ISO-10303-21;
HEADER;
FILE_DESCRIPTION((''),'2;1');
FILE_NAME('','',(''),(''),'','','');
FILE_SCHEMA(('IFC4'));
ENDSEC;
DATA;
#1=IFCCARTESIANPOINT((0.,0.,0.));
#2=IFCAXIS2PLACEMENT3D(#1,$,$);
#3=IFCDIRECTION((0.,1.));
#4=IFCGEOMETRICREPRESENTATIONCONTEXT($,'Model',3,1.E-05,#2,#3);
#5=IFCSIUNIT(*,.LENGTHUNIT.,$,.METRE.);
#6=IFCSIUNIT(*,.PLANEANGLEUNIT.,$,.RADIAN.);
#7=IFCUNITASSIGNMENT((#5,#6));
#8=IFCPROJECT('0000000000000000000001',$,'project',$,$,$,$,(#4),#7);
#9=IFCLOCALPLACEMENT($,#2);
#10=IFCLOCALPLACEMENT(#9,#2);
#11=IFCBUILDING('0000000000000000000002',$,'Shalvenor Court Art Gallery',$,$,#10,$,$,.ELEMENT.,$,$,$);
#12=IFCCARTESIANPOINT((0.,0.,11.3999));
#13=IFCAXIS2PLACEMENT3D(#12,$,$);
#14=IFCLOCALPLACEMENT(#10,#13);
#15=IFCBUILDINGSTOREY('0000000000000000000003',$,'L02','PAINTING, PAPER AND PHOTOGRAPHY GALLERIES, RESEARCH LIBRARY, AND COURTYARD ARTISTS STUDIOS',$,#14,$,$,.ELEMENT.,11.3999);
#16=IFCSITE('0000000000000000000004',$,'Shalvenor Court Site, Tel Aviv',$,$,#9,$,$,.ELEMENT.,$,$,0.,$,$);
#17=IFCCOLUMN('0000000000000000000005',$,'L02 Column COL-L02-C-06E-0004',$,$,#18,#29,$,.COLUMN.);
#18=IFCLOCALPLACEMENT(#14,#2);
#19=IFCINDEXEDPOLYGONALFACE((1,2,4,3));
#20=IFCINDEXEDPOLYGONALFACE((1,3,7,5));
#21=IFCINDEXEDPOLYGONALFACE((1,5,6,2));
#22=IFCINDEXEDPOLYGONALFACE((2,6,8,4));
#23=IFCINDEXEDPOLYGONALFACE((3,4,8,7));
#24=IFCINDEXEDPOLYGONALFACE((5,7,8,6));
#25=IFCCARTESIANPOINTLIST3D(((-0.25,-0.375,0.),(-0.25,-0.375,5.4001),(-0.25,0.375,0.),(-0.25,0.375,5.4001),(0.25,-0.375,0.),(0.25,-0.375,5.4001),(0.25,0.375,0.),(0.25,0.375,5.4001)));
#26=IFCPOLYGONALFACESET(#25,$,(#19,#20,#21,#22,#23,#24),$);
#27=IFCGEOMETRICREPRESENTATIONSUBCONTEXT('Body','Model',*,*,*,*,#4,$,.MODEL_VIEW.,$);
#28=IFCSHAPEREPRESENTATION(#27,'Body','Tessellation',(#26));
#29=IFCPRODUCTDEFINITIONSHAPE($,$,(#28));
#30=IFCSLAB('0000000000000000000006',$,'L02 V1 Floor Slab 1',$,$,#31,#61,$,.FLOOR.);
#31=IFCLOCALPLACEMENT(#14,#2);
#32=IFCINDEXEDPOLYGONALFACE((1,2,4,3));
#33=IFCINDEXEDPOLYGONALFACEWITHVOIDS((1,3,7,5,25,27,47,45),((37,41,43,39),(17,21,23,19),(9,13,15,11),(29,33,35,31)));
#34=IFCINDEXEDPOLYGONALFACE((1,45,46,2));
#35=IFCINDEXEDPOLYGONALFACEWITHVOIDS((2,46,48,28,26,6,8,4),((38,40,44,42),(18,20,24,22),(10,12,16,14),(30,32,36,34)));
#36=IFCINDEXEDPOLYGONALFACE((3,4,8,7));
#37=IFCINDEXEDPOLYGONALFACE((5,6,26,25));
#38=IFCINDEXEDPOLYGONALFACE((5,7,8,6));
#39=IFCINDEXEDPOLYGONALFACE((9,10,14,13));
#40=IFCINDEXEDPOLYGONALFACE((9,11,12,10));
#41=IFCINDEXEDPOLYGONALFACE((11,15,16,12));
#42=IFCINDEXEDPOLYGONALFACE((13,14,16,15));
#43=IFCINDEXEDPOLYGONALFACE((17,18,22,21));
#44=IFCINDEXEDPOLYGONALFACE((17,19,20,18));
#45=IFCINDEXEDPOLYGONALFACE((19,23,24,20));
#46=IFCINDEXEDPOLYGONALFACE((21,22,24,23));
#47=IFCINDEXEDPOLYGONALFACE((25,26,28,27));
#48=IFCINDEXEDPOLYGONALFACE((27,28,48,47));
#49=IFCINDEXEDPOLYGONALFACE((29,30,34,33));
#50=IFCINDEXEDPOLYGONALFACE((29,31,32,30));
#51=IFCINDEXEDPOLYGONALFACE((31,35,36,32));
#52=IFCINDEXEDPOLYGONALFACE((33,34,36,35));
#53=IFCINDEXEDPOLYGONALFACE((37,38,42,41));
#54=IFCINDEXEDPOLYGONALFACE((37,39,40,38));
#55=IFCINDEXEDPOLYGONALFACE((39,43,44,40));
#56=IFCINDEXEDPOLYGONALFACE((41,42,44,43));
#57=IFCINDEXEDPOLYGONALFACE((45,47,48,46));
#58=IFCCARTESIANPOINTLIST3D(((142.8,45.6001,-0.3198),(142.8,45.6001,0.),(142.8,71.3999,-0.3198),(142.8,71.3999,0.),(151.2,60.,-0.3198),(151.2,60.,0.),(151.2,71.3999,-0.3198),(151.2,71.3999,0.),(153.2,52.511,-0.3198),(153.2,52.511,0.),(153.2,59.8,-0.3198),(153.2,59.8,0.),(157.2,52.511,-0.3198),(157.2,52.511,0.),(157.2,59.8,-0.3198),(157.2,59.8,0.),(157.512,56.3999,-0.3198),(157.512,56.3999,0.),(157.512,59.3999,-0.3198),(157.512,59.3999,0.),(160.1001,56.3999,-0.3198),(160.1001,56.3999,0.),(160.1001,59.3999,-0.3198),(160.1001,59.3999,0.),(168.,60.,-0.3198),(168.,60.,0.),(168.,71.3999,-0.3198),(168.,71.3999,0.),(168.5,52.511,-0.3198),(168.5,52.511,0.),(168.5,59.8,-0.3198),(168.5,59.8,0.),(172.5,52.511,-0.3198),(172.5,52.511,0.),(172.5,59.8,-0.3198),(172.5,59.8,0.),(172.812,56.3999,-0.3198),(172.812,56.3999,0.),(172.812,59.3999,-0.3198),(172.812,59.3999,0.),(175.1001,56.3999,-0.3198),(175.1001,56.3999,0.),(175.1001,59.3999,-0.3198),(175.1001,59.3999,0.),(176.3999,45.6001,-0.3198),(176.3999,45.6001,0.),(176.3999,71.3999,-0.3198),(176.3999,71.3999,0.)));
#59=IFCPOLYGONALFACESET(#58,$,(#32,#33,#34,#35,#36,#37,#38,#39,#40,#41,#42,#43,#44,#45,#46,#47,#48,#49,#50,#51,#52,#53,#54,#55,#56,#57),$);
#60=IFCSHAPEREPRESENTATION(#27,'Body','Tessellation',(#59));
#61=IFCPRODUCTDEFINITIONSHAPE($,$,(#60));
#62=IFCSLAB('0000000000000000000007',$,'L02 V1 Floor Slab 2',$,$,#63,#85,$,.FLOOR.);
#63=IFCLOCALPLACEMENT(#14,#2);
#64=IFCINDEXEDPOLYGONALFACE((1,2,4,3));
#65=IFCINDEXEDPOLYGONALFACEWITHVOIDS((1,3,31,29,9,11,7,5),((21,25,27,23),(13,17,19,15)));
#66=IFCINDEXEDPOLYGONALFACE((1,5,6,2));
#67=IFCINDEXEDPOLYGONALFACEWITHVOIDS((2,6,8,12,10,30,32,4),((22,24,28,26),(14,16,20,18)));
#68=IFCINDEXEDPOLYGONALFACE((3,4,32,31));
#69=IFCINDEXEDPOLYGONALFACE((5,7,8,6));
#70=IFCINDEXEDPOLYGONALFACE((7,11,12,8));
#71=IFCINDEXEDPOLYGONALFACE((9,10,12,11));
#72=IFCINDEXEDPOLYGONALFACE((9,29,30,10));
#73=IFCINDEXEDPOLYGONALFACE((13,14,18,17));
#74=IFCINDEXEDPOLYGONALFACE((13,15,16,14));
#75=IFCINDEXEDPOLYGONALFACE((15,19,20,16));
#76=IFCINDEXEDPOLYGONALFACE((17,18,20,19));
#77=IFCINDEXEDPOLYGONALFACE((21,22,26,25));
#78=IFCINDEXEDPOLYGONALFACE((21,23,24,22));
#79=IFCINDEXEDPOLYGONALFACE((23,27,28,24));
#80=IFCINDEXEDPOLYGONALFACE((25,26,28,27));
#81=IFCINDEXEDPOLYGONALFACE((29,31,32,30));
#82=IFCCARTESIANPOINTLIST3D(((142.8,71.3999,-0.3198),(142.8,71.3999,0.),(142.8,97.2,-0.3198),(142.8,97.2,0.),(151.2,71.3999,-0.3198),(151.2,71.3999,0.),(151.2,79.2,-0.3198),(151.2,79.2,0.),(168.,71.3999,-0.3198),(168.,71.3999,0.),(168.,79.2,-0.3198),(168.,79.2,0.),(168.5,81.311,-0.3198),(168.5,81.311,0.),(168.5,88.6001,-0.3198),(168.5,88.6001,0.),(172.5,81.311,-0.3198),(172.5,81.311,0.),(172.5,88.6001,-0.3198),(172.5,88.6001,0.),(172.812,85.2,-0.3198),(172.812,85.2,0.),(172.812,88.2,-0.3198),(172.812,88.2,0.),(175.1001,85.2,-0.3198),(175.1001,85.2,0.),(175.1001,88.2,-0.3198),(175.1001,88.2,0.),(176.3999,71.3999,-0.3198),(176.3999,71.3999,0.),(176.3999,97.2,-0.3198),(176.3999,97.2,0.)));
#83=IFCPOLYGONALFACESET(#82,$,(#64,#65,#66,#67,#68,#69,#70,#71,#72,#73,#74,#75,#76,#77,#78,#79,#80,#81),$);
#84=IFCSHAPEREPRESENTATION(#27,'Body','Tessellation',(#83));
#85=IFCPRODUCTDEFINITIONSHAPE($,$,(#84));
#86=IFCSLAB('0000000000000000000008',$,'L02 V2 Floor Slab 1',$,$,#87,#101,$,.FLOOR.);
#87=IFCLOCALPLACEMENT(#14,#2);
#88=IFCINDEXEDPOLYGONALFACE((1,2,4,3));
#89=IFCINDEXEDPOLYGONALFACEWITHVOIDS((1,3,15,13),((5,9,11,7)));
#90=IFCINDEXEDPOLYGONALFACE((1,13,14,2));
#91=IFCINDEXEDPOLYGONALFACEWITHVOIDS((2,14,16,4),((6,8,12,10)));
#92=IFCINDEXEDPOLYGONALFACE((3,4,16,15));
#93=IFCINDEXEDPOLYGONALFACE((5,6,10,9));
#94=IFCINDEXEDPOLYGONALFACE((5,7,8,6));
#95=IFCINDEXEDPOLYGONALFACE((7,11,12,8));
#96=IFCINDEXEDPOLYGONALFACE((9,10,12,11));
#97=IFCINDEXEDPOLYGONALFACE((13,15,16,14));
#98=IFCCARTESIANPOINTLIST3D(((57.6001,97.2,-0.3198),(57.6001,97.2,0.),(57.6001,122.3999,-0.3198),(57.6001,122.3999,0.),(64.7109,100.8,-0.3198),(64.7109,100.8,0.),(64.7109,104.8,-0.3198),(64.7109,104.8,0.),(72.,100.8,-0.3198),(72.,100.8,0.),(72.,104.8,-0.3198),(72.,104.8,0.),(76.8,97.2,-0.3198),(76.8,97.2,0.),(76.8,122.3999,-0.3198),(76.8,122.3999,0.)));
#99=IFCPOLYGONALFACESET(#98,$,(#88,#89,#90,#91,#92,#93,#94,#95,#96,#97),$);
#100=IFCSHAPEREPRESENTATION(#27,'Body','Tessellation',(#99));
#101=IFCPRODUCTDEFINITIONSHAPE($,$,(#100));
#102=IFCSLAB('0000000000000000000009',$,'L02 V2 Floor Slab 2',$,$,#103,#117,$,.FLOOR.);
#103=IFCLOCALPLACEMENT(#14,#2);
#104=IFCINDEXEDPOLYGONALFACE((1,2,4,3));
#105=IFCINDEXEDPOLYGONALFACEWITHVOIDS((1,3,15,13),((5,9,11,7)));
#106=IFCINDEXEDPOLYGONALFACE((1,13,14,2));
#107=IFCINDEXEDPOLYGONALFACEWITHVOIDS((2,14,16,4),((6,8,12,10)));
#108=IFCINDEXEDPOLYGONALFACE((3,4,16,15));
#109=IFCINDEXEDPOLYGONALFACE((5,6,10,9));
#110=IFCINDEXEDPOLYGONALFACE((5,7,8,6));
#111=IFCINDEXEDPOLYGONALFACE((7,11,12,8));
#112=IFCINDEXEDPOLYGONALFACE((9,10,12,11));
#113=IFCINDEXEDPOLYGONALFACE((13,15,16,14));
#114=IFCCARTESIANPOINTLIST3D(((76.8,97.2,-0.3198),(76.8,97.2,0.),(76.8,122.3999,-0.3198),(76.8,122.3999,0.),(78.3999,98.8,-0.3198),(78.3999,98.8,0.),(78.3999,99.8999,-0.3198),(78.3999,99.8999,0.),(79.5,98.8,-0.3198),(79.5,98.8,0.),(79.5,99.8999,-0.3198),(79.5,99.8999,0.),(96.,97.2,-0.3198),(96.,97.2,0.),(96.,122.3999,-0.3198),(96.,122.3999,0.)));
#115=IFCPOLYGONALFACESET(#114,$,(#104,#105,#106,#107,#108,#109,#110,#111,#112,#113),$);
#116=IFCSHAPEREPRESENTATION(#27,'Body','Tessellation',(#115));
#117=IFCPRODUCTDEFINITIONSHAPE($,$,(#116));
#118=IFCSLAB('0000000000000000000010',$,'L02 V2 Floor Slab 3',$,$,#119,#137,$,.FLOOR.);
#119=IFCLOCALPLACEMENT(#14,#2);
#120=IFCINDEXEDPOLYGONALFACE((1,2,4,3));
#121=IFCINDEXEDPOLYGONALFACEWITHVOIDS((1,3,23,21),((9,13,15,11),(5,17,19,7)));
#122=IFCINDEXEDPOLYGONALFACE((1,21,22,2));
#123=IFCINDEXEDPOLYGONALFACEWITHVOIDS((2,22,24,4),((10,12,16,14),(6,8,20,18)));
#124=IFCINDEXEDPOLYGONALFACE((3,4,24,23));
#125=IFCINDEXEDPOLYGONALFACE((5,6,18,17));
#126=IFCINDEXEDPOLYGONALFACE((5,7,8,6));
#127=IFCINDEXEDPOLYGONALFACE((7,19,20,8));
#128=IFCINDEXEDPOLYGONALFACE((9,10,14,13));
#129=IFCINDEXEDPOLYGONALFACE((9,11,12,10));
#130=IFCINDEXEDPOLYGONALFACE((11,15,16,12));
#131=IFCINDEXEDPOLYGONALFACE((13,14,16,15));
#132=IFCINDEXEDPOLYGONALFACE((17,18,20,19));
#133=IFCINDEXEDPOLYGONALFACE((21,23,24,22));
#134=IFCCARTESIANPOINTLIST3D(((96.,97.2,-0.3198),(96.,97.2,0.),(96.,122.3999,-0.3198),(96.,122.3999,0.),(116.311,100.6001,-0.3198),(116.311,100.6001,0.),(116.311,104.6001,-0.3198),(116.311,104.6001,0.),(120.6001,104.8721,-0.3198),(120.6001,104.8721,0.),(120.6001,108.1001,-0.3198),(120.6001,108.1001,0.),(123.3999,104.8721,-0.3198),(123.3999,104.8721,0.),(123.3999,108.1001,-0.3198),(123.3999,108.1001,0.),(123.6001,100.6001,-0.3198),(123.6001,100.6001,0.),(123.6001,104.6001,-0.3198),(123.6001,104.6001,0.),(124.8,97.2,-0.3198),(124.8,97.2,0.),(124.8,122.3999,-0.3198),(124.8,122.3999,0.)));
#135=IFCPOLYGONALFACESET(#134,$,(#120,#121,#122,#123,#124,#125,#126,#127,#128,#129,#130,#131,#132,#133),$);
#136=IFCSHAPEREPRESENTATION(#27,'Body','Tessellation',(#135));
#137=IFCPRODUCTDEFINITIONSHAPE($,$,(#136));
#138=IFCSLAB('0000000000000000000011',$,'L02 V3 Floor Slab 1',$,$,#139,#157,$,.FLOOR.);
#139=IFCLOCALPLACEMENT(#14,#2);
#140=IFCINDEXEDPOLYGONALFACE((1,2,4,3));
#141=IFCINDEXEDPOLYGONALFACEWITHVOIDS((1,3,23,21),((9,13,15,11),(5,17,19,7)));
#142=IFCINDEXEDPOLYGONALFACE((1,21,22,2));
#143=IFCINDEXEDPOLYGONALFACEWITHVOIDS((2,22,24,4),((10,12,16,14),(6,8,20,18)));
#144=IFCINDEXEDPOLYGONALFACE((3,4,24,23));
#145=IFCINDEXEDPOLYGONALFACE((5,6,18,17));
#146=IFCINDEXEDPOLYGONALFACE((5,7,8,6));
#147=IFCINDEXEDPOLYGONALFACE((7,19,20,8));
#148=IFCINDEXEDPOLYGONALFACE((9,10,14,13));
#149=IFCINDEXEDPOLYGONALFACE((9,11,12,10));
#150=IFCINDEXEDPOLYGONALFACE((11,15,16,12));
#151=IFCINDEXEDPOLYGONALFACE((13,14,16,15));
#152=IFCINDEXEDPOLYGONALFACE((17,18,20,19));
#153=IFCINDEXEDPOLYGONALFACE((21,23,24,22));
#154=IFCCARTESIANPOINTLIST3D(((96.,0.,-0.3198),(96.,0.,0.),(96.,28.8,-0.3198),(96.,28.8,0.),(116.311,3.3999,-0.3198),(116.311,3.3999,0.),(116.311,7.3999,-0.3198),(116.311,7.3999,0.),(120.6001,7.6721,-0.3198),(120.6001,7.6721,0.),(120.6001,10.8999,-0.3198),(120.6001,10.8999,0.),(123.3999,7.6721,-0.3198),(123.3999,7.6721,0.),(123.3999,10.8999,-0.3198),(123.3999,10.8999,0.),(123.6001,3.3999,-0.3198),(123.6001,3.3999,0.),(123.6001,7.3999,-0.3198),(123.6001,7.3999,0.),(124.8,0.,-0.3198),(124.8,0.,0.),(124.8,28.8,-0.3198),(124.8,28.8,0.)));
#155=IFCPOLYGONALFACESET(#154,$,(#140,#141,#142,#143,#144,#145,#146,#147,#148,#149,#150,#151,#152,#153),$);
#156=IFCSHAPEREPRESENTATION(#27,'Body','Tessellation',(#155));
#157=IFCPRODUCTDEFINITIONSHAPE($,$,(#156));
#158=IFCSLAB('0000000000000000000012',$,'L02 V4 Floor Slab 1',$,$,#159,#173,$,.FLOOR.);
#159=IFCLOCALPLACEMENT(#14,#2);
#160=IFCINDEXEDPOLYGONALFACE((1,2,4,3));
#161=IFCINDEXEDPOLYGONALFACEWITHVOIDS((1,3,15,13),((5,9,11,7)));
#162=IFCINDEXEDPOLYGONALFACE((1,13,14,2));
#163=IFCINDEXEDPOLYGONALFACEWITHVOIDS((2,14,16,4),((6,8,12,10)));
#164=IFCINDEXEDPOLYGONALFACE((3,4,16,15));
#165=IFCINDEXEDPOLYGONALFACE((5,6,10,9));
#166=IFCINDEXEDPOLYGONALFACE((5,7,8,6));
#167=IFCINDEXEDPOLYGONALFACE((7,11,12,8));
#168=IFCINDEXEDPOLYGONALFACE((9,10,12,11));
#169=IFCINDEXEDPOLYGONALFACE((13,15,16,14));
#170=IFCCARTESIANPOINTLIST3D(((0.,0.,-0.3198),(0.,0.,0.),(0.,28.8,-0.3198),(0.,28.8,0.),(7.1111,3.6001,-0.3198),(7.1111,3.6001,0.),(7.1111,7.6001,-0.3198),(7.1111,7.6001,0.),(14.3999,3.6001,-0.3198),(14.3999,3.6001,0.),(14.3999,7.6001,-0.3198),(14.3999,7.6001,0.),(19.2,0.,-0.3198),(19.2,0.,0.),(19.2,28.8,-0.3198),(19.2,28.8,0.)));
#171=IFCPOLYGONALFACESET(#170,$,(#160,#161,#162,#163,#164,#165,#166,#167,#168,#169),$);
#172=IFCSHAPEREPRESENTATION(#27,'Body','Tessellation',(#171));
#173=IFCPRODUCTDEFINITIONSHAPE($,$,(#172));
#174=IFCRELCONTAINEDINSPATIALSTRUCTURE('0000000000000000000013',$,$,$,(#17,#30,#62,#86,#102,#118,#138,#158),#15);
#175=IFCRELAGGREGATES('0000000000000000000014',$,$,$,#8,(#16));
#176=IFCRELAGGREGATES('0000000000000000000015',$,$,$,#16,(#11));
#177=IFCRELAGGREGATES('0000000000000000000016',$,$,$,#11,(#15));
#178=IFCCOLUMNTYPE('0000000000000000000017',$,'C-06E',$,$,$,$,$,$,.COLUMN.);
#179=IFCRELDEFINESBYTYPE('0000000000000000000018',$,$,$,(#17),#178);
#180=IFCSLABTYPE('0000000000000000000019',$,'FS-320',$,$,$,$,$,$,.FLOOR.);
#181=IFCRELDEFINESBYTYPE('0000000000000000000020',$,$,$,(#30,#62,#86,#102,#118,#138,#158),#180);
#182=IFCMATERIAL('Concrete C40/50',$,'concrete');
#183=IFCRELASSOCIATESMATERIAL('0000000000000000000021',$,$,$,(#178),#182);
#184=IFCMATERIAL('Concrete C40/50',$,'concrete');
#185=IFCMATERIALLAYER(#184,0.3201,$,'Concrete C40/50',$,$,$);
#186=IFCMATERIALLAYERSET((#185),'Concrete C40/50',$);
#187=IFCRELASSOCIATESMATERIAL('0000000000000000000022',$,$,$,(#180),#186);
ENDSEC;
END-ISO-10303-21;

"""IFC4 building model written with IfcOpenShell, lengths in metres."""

from ifc_helpers import new_model, si_unit, direction, frame, origin, origin_with_axes, origin_2d, place, context, subcontext, project, spatial, polyline, rectangle, outline, extrude, material, layer, layer_set, material_profile, profile_set, type_object, element, save


model = new_model("IFC4")

# Units and contexts
model_context = context("Model", 3, precision=1e-05, world=origin(), true_north=direction((0.0, 1.0)))
body_context = subcontext(model_context, "Body", "Model", "MODEL_VIEW")
ifc_project = project(units=[si_unit("LENGTHUNIT", "METRE"), si_unit("PLANEANGLEUNIT", "RADIAN")], contexts=[model_context])

# Site, building, storey
site_placement = place(None, origin())
site = spatial("IfcSite", under=ifc_project, at=site_placement, Name="Shalvenor Court Site, Tel Aviv", CompositionType="ELEMENT", RefElevation=0.0)
building_placement = place(site_placement, origin())
building = spatial("IfcBuilding", under=site, at=building_placement, Name="Shalvenor Court Art Gallery", CompositionType="ELEMENT")
storey_placement = place(building_placement, frame((0.0, 0.0, 11.3999)))
storey = spatial("IfcBuildingStorey", under=building, at=storey_placement, Name="L02", Description="PAINTING, PAPER AND PHOTOGRAPHY GALLERIES, RESEARCH LIBRARY, AND COURTYARD ARTISTS STUDIOS", CompositionType="ELEMENT", Elevation=11.3999)

# Column
ifc_material_1 = material(Name="Concrete C40/50", Category="concrete")
ifc_material_profile = material_profile(ifc_material_1, rectangle(XDim=0.5, YDim=0.75, at=origin_2d()), Name="RC 500x750")
ifc_profile_set = profile_set([ifc_material_profile], Name="Concrete C40/50")
column_type = type_object("IfcColumnType", Name="C-06E", PredefinedType="COLUMN", material=ifc_profile_set)
column_placement = place(storey_placement, origin_with_axes())
element("IfcColumn", 1, at=column_placement, inside=storey, type_object=column_type, Name="L02 Column COL-L02-C-06E-0004", PredefinedType="COLUMN", context=body_context, shape_type="SweptSolid", body=[
    extrude(rectangle(XDim=0.5, YDim=0.75, at=origin_2d()), origin(), (0.0, 0.0, 1.0), 5.4001),
])

# Slabs
ifc_material_2 = material(Name="Concrete C40/50", Category="concrete")
ifc_layer_1 = layer(ifc_material_2, 0.3201, Name="Concrete C40/50")
ifc_layer_set_1 = layer_set([ifc_layer_1], Name="Concrete C40/50")
slab_type_1 = type_object("IfcSlabType", Name="FS-320", PredefinedType="FLOOR", material=ifc_layer_set_1)
slab_1_placement = place(storey_placement, frame((0.0, 0.0, -0.3198)))
element("IfcSlab", 2, at=slab_1_placement, inside=storey, type_object=slab_type_1, Name="L02 V1 Floor Slab 1", PredefinedType="FLOOR", context=body_context, shape_type="SweptSolid", body=[
    extrude(outline(polyline([(176.3999, 45.6001), (142.8, 45.6001), (142.8, 71.3999), (151.2, 71.3999), (151.2, 60.0), (168.0, 60.0), (168.0, 71.3999), (176.3999, 71.3999), (176.3999, 45.6001)]), holes=[polyline([(168.5, 59.8), (168.5, 52.511), (172.5, 52.511), (172.5, 59.8), (168.5, 59.8)]), polyline([(157.2, 59.8), (153.2, 59.8), (153.2, 52.511), (157.2, 52.511), (157.2, 59.8)]), polyline([(172.812, 56.3999), (175.1001, 56.3999), (175.1001, 59.3999), (172.812, 59.3999), (172.812, 56.3999)]), polyline([(157.512, 59.3999), (157.512, 56.3999), (160.1001, 56.3999), (160.1001, 59.3999), (157.512, 59.3999)])]), origin(), (0.0, 0.0, 1.0), 0.3198),
])
slab_2_placement = place(storey_placement, frame((0.0, 0.0, -0.3198)))
element("IfcSlab", 3, at=slab_2_placement, inside=storey, type_object=slab_type_1, Name="L02 V1 Floor Slab 2", PredefinedType="FLOOR", context=body_context, shape_type="SweptSolid", body=[
    extrude(outline(polyline([(176.3999, 71.3999), (168.0, 71.3999), (168.0, 79.2), (151.2, 79.2), (151.2, 71.3999), (142.8, 71.3999), (142.8, 97.2), (176.3999, 97.2), (176.3999, 71.3999)]), holes=[polyline([(168.5, 81.311), (172.5, 81.311), (172.5, 88.6001), (168.5, 88.6001), (168.5, 81.311)]), polyline([(175.1001, 85.2), (175.1001, 88.2), (172.812, 88.2), (172.812, 85.2), (175.1001, 85.2)])]), origin(), (0.0, 0.0, 1.0), 0.3198),
])
slab_3_placement = place(storey_placement, frame((0.0, 0.0, -0.3198)))
element("IfcSlab", 4, at=slab_3_placement, inside=storey, type_object=slab_type_1, Name="L02 V2 Floor Slab 1", PredefinedType="FLOOR", context=body_context, shape_type="SweptSolid", body=[
    extrude(outline(polyline([(57.6001, 97.2), (57.6001, 122.3999), (76.8, 122.3999), (76.8, 97.2), (57.6001, 97.2)]), holes=[polyline([(64.7109, 100.8), (72.0, 100.8), (72.0, 104.8), (64.7109, 104.8), (64.7109, 100.8)])]), origin(), (0.0, 0.0, 1.0), 0.3198),
])
slab_4_placement = place(storey_placement, frame((0.0, 0.0, -0.3198)))
element("IfcSlab", 5, at=slab_4_placement, inside=storey, type_object=slab_type_1, Name="L02 V2 Floor Slab 2", PredefinedType="FLOOR", context=body_context, shape_type="SweptSolid", body=[
    extrude(outline(polyline([(76.8, 97.2), (76.8, 122.3999), (96.0, 122.3999), (96.0, 97.2), (76.8, 97.2)]), holes=[polyline([(78.3999, 98.8), (79.5, 98.8), (79.5, 99.8999), (78.3999, 99.8999), (78.3999, 98.8)])]), origin(), (0.0, 0.0, 1.0), 0.3198),
])
slab_5_placement = place(storey_placement, frame((0.0, 0.0, -0.3198)))
element("IfcSlab", 6, at=slab_5_placement, inside=storey, type_object=slab_type_1, Name="L02 V2 Floor Slab 3", PredefinedType="FLOOR", context=body_context, shape_type="SweptSolid", body=[
    extrude(outline(polyline([(124.8, 97.2), (96.0, 97.2), (96.0, 122.3999), (124.8, 122.3999), (124.8, 97.2)]), holes=[polyline([(123.6001, 100.6001), (123.6001, 104.6001), (116.311, 104.6001), (116.311, 100.6001), (123.6001, 100.6001)]), polyline([(120.6001, 108.1001), (120.6001, 104.8721), (123.3999, 104.8721), (123.3999, 108.1001), (120.6001, 108.1001)])]), origin(), (0.0, 0.0, 1.0), 0.3198),
])
slab_6_placement = place(storey_placement, frame((0.0, 0.0, -0.3198)))
element("IfcSlab", 7, at=slab_6_placement, inside=storey, type_object=slab_type_1, Name="L02 V3 Floor Slab 1", PredefinedType="FLOOR", context=body_context, shape_type="SweptSolid", body=[
    extrude(outline(polyline([(124.8, 28.8), (124.8, 0.0), (96.0, 0.0), (96.0, 28.8), (124.8, 28.8)]), holes=[polyline([(116.311, 3.3999), (123.6001, 3.3999), (123.6001, 7.3999), (116.311, 7.3999), (116.311, 3.3999)]), polyline([(120.6001, 10.8999), (120.6001, 7.6721), (123.3999, 7.6721), (123.3999, 10.8999), (120.6001, 10.8999)])]), origin(), (0.0, 0.0, 1.0), 0.3198),
])
slab_7_placement = place(storey_placement, frame((0.0, 0.0, -0.3198)))
element("IfcSlab", 8, at=slab_7_placement, inside=storey, type_object=slab_type_1, Name="L02 V4 Floor Slab 1", PredefinedType="FLOOR", context=body_context, shape_type="SweptSolid", body=[
    extrude(outline(polyline([(19.2, 28.8), (19.2, 0.0), (0.0, 0.0), (0.0, 28.8), (19.2, 28.8)]), holes=[polyline([(7.1111, 3.6001), (14.3999, 3.6001), (14.3999, 7.6001), (7.1111, 7.6001), (7.1111, 3.6001)])]), origin(), (0.0, 0.0, 1.0), 0.3198),
])

save(model, "model.ifc")
